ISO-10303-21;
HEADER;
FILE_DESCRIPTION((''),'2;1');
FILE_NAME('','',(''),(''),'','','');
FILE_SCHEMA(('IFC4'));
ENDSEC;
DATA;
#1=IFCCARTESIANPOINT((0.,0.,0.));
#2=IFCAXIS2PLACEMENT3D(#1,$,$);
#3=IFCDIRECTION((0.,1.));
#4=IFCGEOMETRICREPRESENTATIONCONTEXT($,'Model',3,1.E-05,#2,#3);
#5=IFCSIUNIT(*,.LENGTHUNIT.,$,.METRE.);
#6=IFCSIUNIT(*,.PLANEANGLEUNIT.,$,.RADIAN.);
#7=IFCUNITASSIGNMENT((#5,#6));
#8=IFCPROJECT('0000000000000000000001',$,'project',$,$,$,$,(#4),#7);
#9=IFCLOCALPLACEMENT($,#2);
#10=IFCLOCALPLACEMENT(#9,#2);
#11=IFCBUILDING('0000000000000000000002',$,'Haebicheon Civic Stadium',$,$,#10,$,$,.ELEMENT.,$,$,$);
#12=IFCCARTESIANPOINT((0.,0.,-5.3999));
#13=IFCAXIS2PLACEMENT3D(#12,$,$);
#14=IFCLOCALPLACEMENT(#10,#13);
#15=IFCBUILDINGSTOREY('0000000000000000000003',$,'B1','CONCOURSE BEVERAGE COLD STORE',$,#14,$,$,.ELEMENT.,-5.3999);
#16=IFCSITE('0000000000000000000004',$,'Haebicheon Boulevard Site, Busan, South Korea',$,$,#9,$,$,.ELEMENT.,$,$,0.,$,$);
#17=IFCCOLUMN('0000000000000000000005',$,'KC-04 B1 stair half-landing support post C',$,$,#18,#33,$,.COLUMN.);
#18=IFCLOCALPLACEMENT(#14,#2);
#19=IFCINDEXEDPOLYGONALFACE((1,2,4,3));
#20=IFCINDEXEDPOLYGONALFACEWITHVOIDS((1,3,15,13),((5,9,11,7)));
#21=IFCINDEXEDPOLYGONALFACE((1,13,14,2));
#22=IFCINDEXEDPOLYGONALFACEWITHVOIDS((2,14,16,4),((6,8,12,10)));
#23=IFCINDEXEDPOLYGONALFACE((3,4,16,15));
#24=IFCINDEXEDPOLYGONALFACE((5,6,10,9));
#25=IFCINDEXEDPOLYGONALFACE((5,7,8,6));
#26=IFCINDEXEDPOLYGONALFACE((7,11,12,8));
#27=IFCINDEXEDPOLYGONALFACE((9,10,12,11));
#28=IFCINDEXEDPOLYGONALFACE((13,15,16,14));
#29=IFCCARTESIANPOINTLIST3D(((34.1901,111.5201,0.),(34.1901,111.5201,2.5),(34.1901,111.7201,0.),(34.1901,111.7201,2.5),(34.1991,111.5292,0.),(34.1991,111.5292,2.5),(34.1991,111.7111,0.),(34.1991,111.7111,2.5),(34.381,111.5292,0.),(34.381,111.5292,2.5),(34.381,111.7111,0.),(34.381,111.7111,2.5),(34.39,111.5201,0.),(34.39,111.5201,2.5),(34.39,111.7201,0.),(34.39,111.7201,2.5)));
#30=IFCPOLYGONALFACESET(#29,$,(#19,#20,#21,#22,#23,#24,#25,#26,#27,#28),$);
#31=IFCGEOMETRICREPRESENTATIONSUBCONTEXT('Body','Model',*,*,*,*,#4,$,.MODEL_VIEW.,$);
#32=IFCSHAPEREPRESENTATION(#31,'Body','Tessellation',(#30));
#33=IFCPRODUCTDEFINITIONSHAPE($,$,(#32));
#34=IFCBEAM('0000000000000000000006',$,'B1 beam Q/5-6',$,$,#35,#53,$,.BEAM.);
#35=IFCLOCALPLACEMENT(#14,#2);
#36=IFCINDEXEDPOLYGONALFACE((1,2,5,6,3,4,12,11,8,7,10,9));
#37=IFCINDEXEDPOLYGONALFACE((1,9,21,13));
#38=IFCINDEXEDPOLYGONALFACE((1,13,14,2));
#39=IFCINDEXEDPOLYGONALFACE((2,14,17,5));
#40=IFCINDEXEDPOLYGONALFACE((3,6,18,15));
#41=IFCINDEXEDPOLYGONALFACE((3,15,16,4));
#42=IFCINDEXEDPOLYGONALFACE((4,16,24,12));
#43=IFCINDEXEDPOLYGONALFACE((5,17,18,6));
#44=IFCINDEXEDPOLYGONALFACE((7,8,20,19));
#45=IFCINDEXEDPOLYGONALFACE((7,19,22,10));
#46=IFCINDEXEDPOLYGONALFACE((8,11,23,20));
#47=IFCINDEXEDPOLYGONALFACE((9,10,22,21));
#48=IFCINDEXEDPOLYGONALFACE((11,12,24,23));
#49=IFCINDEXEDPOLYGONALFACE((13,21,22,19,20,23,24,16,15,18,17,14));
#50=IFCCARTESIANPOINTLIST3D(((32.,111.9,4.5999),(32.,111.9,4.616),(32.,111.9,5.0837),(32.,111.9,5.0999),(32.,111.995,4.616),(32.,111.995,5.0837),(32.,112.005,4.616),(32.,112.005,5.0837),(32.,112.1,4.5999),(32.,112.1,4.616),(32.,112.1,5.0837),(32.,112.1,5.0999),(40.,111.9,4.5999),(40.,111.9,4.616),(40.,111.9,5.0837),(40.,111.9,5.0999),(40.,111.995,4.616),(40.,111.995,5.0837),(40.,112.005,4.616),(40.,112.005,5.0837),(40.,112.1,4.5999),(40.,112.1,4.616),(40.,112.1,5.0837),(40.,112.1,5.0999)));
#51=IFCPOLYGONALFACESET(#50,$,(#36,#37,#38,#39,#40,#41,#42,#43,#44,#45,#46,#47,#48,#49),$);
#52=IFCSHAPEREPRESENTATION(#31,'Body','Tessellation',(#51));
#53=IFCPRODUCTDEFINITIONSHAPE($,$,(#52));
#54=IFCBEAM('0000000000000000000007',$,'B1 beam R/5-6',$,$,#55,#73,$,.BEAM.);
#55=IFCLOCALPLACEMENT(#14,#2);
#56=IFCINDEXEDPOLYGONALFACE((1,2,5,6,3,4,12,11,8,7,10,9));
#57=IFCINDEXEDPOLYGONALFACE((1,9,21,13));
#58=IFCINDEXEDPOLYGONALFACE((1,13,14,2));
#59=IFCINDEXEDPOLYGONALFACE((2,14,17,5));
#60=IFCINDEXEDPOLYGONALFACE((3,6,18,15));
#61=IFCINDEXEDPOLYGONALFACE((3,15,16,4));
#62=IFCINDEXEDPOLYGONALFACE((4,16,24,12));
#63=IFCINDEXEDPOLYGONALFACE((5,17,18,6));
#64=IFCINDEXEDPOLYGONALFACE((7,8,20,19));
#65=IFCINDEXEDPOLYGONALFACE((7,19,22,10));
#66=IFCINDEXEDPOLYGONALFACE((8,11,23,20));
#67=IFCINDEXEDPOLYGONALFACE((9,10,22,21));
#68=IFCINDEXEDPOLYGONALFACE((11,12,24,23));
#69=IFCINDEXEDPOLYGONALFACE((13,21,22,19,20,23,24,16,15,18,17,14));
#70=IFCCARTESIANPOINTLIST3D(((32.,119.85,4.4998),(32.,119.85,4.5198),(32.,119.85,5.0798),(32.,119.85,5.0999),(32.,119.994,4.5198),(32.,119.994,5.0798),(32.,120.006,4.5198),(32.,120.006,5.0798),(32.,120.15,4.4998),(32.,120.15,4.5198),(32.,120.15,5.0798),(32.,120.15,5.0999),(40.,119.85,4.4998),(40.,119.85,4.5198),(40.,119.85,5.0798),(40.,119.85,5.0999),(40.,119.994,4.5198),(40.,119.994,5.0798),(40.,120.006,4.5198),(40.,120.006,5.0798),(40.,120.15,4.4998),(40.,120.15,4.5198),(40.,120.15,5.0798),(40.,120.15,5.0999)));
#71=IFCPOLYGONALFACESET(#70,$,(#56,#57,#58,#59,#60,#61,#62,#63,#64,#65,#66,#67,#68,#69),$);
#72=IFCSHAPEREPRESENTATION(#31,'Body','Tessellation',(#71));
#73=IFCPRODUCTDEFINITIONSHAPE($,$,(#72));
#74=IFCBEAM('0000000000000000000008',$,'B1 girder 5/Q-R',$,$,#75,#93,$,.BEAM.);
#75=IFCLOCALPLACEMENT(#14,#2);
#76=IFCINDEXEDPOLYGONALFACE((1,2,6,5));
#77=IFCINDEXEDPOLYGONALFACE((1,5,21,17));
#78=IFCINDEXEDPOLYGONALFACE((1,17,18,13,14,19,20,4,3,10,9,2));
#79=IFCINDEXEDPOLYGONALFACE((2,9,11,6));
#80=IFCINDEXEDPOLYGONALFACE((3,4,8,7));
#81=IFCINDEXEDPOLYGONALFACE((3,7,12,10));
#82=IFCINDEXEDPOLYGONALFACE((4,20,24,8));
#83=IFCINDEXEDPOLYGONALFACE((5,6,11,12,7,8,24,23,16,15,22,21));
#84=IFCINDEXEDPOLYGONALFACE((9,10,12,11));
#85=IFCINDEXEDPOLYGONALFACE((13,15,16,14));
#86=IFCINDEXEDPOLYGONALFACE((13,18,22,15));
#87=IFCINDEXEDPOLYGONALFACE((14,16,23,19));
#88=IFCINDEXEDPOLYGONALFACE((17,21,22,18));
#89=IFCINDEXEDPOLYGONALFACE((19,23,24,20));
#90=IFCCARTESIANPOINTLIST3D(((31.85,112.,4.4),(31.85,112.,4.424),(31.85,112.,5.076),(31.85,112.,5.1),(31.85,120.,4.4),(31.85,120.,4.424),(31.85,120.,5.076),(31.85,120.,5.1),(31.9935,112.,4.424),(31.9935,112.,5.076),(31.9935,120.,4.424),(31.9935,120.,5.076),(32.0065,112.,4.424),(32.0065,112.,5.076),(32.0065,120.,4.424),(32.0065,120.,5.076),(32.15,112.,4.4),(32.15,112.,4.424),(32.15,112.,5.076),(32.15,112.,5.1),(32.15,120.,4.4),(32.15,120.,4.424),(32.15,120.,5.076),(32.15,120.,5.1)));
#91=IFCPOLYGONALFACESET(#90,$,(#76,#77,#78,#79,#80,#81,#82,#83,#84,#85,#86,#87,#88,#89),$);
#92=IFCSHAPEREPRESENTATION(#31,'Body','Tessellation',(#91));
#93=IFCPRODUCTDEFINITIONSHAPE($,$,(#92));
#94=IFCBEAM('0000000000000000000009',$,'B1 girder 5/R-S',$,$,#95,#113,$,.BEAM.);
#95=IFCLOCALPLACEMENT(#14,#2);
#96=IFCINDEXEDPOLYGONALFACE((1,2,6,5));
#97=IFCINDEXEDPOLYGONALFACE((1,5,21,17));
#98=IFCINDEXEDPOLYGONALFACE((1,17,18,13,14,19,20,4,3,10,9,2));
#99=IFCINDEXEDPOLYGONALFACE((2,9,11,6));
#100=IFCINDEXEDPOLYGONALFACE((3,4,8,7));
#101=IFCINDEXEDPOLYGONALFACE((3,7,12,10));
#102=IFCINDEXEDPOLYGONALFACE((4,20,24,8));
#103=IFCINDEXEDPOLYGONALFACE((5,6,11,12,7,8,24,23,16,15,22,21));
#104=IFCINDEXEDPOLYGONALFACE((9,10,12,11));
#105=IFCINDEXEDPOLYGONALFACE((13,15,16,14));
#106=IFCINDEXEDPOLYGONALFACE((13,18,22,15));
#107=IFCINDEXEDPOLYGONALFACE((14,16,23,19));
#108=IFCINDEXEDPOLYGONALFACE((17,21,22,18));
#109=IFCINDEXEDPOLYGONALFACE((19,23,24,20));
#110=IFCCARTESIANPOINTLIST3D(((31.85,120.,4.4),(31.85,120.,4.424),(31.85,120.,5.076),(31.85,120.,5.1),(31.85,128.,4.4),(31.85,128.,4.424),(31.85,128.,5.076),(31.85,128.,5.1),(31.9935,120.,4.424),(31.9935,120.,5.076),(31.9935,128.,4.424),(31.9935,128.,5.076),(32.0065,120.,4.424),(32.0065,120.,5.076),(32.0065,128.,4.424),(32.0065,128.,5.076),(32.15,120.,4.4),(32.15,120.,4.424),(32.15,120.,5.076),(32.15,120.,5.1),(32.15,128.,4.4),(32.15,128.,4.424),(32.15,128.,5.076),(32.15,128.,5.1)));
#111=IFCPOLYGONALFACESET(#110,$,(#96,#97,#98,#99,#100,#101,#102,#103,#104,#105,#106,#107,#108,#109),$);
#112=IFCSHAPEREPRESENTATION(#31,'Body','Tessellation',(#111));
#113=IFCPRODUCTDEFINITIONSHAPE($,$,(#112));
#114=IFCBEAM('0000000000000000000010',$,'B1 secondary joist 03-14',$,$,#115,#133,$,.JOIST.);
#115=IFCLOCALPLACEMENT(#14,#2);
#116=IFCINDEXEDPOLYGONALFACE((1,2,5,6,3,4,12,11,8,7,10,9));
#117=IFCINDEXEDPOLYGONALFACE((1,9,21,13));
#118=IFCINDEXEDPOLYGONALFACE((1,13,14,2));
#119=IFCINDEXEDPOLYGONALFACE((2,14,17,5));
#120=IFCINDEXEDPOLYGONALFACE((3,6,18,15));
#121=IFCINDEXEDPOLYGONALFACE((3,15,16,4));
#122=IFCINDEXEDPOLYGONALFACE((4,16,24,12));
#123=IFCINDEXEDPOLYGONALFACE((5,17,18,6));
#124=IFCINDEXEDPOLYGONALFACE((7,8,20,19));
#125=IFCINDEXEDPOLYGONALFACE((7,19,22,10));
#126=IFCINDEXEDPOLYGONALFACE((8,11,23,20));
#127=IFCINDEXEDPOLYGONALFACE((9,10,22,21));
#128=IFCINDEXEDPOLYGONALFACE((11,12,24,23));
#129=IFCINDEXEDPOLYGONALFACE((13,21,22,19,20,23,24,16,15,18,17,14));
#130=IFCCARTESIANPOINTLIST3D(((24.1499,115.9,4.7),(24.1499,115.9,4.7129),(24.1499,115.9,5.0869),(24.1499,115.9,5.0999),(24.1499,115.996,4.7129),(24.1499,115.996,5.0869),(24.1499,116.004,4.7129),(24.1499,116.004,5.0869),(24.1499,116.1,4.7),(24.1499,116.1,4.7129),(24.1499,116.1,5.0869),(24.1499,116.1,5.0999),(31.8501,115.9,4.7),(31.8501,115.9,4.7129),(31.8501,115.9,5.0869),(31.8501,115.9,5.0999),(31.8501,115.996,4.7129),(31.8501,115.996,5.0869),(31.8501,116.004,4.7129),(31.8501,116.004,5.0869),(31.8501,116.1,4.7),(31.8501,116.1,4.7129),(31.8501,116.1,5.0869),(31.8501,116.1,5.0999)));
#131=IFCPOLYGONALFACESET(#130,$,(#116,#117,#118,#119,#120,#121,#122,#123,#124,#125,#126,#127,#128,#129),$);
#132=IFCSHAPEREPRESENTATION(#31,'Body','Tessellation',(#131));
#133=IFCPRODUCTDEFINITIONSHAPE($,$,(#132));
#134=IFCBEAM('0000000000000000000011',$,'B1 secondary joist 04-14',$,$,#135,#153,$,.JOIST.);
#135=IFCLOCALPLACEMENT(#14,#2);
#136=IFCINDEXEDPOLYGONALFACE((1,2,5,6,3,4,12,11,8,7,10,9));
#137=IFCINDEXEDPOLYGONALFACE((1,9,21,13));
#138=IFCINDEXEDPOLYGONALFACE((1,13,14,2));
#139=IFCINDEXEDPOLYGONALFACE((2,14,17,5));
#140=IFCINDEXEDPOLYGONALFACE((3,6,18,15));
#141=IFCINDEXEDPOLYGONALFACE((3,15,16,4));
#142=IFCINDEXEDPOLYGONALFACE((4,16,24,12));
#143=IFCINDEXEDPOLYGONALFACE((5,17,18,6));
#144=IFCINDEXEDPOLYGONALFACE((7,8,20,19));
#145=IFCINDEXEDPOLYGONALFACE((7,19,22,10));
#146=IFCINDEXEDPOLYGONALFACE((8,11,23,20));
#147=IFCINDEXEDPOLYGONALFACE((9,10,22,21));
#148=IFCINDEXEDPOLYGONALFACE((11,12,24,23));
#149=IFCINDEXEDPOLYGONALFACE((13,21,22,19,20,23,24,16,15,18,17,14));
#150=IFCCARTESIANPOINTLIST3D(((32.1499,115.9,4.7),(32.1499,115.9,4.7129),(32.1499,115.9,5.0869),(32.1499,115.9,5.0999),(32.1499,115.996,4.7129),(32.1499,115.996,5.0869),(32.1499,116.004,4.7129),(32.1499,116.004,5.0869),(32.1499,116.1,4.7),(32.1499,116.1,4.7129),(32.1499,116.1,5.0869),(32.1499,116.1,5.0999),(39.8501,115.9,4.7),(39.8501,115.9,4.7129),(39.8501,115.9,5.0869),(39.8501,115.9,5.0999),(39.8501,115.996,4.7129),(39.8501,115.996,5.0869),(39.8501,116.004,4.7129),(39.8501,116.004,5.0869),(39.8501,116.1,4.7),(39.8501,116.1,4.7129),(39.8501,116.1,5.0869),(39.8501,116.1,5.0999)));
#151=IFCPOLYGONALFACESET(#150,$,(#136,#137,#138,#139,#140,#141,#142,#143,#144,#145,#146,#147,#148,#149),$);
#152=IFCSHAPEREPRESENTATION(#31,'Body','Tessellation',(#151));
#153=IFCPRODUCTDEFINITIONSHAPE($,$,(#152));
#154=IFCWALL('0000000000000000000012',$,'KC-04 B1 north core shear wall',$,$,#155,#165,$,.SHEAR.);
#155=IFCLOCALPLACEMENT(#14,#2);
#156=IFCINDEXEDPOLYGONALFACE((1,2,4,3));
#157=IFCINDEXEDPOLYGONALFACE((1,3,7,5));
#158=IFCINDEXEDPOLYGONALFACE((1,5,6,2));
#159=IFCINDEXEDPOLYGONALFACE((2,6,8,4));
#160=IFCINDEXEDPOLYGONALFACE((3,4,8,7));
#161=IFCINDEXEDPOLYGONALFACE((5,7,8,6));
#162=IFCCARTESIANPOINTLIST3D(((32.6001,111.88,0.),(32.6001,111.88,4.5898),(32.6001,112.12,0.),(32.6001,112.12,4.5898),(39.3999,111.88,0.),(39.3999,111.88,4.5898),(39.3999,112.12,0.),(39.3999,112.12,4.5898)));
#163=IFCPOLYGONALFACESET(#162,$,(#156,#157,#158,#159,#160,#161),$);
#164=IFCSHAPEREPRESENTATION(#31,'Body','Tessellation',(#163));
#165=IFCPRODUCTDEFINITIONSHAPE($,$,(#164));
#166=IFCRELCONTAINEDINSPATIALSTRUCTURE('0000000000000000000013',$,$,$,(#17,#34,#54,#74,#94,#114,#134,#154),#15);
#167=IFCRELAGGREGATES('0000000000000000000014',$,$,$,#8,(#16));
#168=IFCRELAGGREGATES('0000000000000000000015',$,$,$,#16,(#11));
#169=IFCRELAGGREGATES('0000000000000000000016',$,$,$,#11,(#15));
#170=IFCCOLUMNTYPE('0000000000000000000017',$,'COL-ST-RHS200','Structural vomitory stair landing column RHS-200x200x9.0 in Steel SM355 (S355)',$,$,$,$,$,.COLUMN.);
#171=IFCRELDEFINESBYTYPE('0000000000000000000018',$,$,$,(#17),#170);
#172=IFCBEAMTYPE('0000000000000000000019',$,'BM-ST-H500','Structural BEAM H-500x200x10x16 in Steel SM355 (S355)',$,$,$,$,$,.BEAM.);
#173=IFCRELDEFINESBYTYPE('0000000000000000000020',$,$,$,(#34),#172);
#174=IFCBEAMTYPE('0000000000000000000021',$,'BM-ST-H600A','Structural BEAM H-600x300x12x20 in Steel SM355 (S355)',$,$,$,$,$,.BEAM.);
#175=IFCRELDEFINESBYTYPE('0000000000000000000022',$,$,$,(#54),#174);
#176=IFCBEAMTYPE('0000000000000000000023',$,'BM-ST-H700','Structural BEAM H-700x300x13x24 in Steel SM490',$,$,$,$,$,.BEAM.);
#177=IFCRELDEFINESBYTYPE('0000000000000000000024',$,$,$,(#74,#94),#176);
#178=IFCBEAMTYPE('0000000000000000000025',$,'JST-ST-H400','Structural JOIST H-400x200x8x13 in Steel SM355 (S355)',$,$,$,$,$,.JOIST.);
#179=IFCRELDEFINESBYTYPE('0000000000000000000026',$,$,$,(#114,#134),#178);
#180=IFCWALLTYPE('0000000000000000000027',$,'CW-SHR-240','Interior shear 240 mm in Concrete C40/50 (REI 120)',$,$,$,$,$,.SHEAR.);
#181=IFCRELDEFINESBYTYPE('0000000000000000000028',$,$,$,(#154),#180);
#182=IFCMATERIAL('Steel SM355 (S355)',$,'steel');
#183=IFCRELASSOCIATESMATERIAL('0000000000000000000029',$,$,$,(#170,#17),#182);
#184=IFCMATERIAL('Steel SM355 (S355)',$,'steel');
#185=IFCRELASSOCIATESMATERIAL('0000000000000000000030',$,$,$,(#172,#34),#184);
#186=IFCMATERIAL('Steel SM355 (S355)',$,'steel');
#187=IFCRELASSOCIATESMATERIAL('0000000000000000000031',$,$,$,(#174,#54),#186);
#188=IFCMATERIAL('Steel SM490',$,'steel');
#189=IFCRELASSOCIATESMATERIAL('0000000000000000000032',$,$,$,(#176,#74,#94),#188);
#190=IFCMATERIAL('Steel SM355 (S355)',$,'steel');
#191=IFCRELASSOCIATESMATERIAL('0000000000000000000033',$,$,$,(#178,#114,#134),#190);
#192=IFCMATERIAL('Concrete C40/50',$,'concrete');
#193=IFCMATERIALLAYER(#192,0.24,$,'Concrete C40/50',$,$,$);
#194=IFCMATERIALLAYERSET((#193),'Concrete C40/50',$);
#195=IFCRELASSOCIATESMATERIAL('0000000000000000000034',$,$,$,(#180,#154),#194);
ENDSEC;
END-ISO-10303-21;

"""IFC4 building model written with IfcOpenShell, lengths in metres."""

from ifc_helpers import new_model, si_unit, direction, frame, frame_2d, origin, origin_2d, place, context, subcontext, project, spatial, rectangle, hollow_rectangle, i_section, extrude, material, layer, layer_set, material_profile, profile_set, type_object, element, save


model = new_model("IFC4")

# Units and contexts
model_context = context("Model", 3, precision=1e-05, world=origin(), true_north=direction((0.0, 1.0)))
body_context = subcontext(model_context, "Body", "Model", "MODEL_VIEW")
ifc_project = project(units=[si_unit("LENGTHUNIT", "METRE"), si_unit("PLANEANGLEUNIT", "RADIAN")], contexts=[model_context])

# Site, building, storey
site_placement = place(None, origin())
site = spatial("IfcSite", under=ifc_project, at=site_placement, Name="Haebicheon Boulevard Site, Busan, South Korea", CompositionType="ELEMENT", RefElevation=0.0)
building_placement = place(site_placement, origin())
building = spatial("IfcBuilding", under=site, at=building_placement, Name="Haebicheon Civic Stadium", CompositionType="ELEMENT")
storey_placement = place(building_placement, frame((0.0, 0.0, -5.3999)))
storey = spatial("IfcBuildingStorey", under=building, at=storey_placement, Name="B1", Description="CONCOURSE BEVERAGE COLD STORE", CompositionType="ELEMENT", Elevation=-5.3999)

# Column
ifc_material_1 = material(Name="Steel SM355 (S355)", Category="steel")
ifc_material_profile_1 = material_profile(ifc_material_1, hollow_rectangle(XDim=0.2, YDim=0.2, WallThickness=0.009, at=origin_2d()), Name="RHS-200x200x9.0")
ifc_profile_set_1 = profile_set([ifc_material_profile_1], Name="Steel SM355 (S355)")
column_type_1 = type_object("IfcColumnType", Name="COL-ST-RHS200", Description="Structural vomitory stair landing column RHS-200x200x9.0 in Steel SM355 (S355)", PredefinedType="COLUMN", material=ifc_profile_set_1)
for number, where, z_axis, x_axis, name in (
    (1, (34.29, 111.6201, 0.0), (0.0, 0.0, 1.0), (1.0, 0.0, 0.0), "KC-04 B1 stair half-landing support post C"),
):
    element("IfcColumn", number, at=place(storey_placement, frame(where, z_axis=z_axis, x_axis=x_axis)), inside=storey, type_object=column_type_1, material=ifc_profile_set_1, Name=name, PredefinedType="COLUMN", context=body_context, shape_type="SweptSolid", body=[
        extrude(hollow_rectangle(XDim=0.2, YDim=0.2, WallThickness=0.009, at=origin_2d()), origin(), (0.0, 0.0, 1.0), 2.5),
    ])

# Beams
ifc_material_2 = material(Name="Steel SM355 (S355)", Category="steel")
ifc_material_profile_2 = material_profile(ifc_material_2, i_section(OverallWidth=0.2, OverallDepth=0.5, WebThickness=0.01, FlangeThickness=0.0161, at=origin_2d()), Name="H-500x200x10x16")
ifc_profile_set_2 = profile_set([ifc_material_profile_2], Name="Steel SM355 (S355)")
beam_type_1 = type_object("IfcBeamType", Name="BM-ST-H500", Description="Structural BEAM H-500x200x10x16 in Steel SM355 (S355)", PredefinedType="BEAM", material=ifc_profile_set_2)
beam_1_placement = place(storey_placement, frame((32.0, 112.0, 4.8499), z_axis=(1.0, 0.0, 0.0), x_axis=(0.0, 1.0, 0.0)))
element("IfcBeam", 2, at=beam_1_placement, inside=storey, type_object=beam_type_1, material=ifc_profile_set_2, Name="B1 beam Q/5-6", PredefinedType="BEAM", context=body_context, shape_type="SweptSolid", body=[
    extrude(i_section(OverallWidth=0.2, OverallDepth=0.5, WebThickness=0.01, FlangeThickness=0.0161, at=origin_2d()), origin(), (0.0, 0.0, 1.0), 8.0),
])
ifc_material_3 = material(Name="Steel SM355 (S355)", Category="steel")
ifc_material_profile_3 = material_profile(ifc_material_3, i_section(OverallWidth=0.3, OverallDepth=0.6001, WebThickness=0.012, FlangeThickness=0.02, at=origin_2d()), Name="H-600x300x12x20")
ifc_profile_set_3 = profile_set([ifc_material_profile_3], Name="Steel SM355 (S355)")
beam_type_2 = type_object("IfcBeamType", Name="BM-ST-H600A", Description="Structural BEAM H-600x300x12x20 in Steel SM355 (S355)", PredefinedType="BEAM", material=ifc_profile_set_3)
beam_2_placement = place(storey_placement, frame((32.0, 120.0, 4.7998), z_axis=(1.0, 0.0, 0.0), x_axis=(0.0, 1.0, 0.0)))
element("IfcBeam", 3, at=beam_2_placement, inside=storey, type_object=beam_type_2, material=ifc_profile_set_3, Name="B1 beam R/5-6", PredefinedType="BEAM", context=body_context, shape_type="SweptSolid", body=[
    extrude(i_section(OverallWidth=0.3, OverallDepth=0.6001, WebThickness=0.012, FlangeThickness=0.02, at=origin_2d()), origin(), (0.0, 0.0, 1.0), 8.0),
])
ifc_material_4 = material(Name="Steel SM490", Category="steel")
ifc_material_profile_4 = material_profile(ifc_material_4, i_section(OverallWidth=0.3, OverallDepth=0.7, WebThickness=0.0129, FlangeThickness=0.0239, at=origin_2d()), Name="H-700x300x13x24")
ifc_profile_set_4 = profile_set([ifc_material_profile_4], Name="Steel SM490")
beam_type_3 = type_object("IfcBeamType", Name="BM-ST-H700", Description="Structural BEAM H-700x300x13x24 in Steel SM490", PredefinedType="BEAM", material=ifc_profile_set_4)
for number, where, z_axis, x_axis, name in (
    (4, (32.0, 112.0, 4.75), (0.0, 1.0, 0.0), (-1.0, 0.0, 0.0), "B1 girder 5/Q-R"),
    (5, (32.0, 120.0, 4.75), (0.0, 1.0, 0.0), (-1.0, 0.0, 0.0), "B1 girder 5/R-S"),
):
    element("IfcBeam", number, at=place(storey_placement, frame(where, z_axis=z_axis, x_axis=x_axis)), inside=storey, type_object=beam_type_3, material=ifc_profile_set_4, Name=name, PredefinedType="BEAM", context=body_context, shape_type="SweptSolid", body=[
        extrude(i_section(OverallWidth=0.3, OverallDepth=0.7, WebThickness=0.0129, FlangeThickness=0.0239, at=origin_2d()), origin(), (0.0, 0.0, 1.0), 8.0),
    ])
ifc_material_5 = material(Name="Steel SM355 (S355)", Category="steel")
ifc_material_profile_5 = material_profile(ifc_material_5, i_section(OverallWidth=0.2, OverallDepth=0.3999, WebThickness=0.0081, FlangeThickness=0.0129, at=origin_2d()), Name="H-400x200x8x13")
ifc_profile_set_5 = profile_set([ifc_material_profile_5], Name="Steel SM355 (S355)")
beam_type_4 = type_object("IfcBeamType", Name="JST-ST-H400", Description="Structural JOIST H-400x200x8x13 in Steel SM355 (S355)", PredefinedType="JOIST", material=ifc_profile_set_5)
for number, where, z_axis, x_axis, name in (
    (6, (24.1499, 116.0, 4.8999), (1.0, 0.0, 0.0), (0.0, 1.0, 0.0), "B1 secondary joist 03-14"),
    (7, (32.1499, 116.0, 4.8999), (1.0, 0.0, 0.0), (0.0, 1.0, 0.0), "B1 secondary joist 04-14"),
):
    element("IfcBeam", number, at=place(storey_placement, frame(where, z_axis=z_axis, x_axis=x_axis)), inside=storey, type_object=beam_type_4, material=ifc_profile_set_5, Name=name, PredefinedType="JOIST", context=body_context, shape_type="SweptSolid", body=[
        extrude(i_section(OverallWidth=0.2, OverallDepth=0.3999, WebThickness=0.0081, FlangeThickness=0.0129, at=origin_2d()), origin(), (0.0, 0.0, 1.0), 7.7002),
    ])

# Wall
ifc_material_6 = material(Name="Concrete C40/50", Category="concrete")
ifc_layer_1 = layer(ifc_material_6, 0.24, Name="Concrete C40/50")
ifc_layer_set_1 = layer_set([ifc_layer_1], Name="Concrete C40/50")
wall_type_1 = type_object("IfcWallType", Name="CW-SHR-240", Description="Interior shear 240 mm in Concrete C40/50 (REI 120)", PredefinedType="SHEAR", material=ifc_layer_set_1)
wall_1_placement = place(storey_placement, frame((32.6001, 112.0, 0.0), z_axis=(0.0, 0.0, 1.0), x_axis=(1.0, 0.0, 0.0)))
element("IfcWall", 8, at=wall_1_placement, inside=storey, type_object=wall_type_1, material=ifc_layer_set_1, Name="KC-04 B1 north core shear wall", PredefinedType="SHEAR", context=body_context, shape_type="SweptSolid", body=[
    extrude(rectangle(XDim=6.7998, YDim=0.24, at=frame_2d((3.3999, 0.0))), origin(), (0.0, 0.0, 1.0), 4.5898),
])

save(model, "model.ifc")
